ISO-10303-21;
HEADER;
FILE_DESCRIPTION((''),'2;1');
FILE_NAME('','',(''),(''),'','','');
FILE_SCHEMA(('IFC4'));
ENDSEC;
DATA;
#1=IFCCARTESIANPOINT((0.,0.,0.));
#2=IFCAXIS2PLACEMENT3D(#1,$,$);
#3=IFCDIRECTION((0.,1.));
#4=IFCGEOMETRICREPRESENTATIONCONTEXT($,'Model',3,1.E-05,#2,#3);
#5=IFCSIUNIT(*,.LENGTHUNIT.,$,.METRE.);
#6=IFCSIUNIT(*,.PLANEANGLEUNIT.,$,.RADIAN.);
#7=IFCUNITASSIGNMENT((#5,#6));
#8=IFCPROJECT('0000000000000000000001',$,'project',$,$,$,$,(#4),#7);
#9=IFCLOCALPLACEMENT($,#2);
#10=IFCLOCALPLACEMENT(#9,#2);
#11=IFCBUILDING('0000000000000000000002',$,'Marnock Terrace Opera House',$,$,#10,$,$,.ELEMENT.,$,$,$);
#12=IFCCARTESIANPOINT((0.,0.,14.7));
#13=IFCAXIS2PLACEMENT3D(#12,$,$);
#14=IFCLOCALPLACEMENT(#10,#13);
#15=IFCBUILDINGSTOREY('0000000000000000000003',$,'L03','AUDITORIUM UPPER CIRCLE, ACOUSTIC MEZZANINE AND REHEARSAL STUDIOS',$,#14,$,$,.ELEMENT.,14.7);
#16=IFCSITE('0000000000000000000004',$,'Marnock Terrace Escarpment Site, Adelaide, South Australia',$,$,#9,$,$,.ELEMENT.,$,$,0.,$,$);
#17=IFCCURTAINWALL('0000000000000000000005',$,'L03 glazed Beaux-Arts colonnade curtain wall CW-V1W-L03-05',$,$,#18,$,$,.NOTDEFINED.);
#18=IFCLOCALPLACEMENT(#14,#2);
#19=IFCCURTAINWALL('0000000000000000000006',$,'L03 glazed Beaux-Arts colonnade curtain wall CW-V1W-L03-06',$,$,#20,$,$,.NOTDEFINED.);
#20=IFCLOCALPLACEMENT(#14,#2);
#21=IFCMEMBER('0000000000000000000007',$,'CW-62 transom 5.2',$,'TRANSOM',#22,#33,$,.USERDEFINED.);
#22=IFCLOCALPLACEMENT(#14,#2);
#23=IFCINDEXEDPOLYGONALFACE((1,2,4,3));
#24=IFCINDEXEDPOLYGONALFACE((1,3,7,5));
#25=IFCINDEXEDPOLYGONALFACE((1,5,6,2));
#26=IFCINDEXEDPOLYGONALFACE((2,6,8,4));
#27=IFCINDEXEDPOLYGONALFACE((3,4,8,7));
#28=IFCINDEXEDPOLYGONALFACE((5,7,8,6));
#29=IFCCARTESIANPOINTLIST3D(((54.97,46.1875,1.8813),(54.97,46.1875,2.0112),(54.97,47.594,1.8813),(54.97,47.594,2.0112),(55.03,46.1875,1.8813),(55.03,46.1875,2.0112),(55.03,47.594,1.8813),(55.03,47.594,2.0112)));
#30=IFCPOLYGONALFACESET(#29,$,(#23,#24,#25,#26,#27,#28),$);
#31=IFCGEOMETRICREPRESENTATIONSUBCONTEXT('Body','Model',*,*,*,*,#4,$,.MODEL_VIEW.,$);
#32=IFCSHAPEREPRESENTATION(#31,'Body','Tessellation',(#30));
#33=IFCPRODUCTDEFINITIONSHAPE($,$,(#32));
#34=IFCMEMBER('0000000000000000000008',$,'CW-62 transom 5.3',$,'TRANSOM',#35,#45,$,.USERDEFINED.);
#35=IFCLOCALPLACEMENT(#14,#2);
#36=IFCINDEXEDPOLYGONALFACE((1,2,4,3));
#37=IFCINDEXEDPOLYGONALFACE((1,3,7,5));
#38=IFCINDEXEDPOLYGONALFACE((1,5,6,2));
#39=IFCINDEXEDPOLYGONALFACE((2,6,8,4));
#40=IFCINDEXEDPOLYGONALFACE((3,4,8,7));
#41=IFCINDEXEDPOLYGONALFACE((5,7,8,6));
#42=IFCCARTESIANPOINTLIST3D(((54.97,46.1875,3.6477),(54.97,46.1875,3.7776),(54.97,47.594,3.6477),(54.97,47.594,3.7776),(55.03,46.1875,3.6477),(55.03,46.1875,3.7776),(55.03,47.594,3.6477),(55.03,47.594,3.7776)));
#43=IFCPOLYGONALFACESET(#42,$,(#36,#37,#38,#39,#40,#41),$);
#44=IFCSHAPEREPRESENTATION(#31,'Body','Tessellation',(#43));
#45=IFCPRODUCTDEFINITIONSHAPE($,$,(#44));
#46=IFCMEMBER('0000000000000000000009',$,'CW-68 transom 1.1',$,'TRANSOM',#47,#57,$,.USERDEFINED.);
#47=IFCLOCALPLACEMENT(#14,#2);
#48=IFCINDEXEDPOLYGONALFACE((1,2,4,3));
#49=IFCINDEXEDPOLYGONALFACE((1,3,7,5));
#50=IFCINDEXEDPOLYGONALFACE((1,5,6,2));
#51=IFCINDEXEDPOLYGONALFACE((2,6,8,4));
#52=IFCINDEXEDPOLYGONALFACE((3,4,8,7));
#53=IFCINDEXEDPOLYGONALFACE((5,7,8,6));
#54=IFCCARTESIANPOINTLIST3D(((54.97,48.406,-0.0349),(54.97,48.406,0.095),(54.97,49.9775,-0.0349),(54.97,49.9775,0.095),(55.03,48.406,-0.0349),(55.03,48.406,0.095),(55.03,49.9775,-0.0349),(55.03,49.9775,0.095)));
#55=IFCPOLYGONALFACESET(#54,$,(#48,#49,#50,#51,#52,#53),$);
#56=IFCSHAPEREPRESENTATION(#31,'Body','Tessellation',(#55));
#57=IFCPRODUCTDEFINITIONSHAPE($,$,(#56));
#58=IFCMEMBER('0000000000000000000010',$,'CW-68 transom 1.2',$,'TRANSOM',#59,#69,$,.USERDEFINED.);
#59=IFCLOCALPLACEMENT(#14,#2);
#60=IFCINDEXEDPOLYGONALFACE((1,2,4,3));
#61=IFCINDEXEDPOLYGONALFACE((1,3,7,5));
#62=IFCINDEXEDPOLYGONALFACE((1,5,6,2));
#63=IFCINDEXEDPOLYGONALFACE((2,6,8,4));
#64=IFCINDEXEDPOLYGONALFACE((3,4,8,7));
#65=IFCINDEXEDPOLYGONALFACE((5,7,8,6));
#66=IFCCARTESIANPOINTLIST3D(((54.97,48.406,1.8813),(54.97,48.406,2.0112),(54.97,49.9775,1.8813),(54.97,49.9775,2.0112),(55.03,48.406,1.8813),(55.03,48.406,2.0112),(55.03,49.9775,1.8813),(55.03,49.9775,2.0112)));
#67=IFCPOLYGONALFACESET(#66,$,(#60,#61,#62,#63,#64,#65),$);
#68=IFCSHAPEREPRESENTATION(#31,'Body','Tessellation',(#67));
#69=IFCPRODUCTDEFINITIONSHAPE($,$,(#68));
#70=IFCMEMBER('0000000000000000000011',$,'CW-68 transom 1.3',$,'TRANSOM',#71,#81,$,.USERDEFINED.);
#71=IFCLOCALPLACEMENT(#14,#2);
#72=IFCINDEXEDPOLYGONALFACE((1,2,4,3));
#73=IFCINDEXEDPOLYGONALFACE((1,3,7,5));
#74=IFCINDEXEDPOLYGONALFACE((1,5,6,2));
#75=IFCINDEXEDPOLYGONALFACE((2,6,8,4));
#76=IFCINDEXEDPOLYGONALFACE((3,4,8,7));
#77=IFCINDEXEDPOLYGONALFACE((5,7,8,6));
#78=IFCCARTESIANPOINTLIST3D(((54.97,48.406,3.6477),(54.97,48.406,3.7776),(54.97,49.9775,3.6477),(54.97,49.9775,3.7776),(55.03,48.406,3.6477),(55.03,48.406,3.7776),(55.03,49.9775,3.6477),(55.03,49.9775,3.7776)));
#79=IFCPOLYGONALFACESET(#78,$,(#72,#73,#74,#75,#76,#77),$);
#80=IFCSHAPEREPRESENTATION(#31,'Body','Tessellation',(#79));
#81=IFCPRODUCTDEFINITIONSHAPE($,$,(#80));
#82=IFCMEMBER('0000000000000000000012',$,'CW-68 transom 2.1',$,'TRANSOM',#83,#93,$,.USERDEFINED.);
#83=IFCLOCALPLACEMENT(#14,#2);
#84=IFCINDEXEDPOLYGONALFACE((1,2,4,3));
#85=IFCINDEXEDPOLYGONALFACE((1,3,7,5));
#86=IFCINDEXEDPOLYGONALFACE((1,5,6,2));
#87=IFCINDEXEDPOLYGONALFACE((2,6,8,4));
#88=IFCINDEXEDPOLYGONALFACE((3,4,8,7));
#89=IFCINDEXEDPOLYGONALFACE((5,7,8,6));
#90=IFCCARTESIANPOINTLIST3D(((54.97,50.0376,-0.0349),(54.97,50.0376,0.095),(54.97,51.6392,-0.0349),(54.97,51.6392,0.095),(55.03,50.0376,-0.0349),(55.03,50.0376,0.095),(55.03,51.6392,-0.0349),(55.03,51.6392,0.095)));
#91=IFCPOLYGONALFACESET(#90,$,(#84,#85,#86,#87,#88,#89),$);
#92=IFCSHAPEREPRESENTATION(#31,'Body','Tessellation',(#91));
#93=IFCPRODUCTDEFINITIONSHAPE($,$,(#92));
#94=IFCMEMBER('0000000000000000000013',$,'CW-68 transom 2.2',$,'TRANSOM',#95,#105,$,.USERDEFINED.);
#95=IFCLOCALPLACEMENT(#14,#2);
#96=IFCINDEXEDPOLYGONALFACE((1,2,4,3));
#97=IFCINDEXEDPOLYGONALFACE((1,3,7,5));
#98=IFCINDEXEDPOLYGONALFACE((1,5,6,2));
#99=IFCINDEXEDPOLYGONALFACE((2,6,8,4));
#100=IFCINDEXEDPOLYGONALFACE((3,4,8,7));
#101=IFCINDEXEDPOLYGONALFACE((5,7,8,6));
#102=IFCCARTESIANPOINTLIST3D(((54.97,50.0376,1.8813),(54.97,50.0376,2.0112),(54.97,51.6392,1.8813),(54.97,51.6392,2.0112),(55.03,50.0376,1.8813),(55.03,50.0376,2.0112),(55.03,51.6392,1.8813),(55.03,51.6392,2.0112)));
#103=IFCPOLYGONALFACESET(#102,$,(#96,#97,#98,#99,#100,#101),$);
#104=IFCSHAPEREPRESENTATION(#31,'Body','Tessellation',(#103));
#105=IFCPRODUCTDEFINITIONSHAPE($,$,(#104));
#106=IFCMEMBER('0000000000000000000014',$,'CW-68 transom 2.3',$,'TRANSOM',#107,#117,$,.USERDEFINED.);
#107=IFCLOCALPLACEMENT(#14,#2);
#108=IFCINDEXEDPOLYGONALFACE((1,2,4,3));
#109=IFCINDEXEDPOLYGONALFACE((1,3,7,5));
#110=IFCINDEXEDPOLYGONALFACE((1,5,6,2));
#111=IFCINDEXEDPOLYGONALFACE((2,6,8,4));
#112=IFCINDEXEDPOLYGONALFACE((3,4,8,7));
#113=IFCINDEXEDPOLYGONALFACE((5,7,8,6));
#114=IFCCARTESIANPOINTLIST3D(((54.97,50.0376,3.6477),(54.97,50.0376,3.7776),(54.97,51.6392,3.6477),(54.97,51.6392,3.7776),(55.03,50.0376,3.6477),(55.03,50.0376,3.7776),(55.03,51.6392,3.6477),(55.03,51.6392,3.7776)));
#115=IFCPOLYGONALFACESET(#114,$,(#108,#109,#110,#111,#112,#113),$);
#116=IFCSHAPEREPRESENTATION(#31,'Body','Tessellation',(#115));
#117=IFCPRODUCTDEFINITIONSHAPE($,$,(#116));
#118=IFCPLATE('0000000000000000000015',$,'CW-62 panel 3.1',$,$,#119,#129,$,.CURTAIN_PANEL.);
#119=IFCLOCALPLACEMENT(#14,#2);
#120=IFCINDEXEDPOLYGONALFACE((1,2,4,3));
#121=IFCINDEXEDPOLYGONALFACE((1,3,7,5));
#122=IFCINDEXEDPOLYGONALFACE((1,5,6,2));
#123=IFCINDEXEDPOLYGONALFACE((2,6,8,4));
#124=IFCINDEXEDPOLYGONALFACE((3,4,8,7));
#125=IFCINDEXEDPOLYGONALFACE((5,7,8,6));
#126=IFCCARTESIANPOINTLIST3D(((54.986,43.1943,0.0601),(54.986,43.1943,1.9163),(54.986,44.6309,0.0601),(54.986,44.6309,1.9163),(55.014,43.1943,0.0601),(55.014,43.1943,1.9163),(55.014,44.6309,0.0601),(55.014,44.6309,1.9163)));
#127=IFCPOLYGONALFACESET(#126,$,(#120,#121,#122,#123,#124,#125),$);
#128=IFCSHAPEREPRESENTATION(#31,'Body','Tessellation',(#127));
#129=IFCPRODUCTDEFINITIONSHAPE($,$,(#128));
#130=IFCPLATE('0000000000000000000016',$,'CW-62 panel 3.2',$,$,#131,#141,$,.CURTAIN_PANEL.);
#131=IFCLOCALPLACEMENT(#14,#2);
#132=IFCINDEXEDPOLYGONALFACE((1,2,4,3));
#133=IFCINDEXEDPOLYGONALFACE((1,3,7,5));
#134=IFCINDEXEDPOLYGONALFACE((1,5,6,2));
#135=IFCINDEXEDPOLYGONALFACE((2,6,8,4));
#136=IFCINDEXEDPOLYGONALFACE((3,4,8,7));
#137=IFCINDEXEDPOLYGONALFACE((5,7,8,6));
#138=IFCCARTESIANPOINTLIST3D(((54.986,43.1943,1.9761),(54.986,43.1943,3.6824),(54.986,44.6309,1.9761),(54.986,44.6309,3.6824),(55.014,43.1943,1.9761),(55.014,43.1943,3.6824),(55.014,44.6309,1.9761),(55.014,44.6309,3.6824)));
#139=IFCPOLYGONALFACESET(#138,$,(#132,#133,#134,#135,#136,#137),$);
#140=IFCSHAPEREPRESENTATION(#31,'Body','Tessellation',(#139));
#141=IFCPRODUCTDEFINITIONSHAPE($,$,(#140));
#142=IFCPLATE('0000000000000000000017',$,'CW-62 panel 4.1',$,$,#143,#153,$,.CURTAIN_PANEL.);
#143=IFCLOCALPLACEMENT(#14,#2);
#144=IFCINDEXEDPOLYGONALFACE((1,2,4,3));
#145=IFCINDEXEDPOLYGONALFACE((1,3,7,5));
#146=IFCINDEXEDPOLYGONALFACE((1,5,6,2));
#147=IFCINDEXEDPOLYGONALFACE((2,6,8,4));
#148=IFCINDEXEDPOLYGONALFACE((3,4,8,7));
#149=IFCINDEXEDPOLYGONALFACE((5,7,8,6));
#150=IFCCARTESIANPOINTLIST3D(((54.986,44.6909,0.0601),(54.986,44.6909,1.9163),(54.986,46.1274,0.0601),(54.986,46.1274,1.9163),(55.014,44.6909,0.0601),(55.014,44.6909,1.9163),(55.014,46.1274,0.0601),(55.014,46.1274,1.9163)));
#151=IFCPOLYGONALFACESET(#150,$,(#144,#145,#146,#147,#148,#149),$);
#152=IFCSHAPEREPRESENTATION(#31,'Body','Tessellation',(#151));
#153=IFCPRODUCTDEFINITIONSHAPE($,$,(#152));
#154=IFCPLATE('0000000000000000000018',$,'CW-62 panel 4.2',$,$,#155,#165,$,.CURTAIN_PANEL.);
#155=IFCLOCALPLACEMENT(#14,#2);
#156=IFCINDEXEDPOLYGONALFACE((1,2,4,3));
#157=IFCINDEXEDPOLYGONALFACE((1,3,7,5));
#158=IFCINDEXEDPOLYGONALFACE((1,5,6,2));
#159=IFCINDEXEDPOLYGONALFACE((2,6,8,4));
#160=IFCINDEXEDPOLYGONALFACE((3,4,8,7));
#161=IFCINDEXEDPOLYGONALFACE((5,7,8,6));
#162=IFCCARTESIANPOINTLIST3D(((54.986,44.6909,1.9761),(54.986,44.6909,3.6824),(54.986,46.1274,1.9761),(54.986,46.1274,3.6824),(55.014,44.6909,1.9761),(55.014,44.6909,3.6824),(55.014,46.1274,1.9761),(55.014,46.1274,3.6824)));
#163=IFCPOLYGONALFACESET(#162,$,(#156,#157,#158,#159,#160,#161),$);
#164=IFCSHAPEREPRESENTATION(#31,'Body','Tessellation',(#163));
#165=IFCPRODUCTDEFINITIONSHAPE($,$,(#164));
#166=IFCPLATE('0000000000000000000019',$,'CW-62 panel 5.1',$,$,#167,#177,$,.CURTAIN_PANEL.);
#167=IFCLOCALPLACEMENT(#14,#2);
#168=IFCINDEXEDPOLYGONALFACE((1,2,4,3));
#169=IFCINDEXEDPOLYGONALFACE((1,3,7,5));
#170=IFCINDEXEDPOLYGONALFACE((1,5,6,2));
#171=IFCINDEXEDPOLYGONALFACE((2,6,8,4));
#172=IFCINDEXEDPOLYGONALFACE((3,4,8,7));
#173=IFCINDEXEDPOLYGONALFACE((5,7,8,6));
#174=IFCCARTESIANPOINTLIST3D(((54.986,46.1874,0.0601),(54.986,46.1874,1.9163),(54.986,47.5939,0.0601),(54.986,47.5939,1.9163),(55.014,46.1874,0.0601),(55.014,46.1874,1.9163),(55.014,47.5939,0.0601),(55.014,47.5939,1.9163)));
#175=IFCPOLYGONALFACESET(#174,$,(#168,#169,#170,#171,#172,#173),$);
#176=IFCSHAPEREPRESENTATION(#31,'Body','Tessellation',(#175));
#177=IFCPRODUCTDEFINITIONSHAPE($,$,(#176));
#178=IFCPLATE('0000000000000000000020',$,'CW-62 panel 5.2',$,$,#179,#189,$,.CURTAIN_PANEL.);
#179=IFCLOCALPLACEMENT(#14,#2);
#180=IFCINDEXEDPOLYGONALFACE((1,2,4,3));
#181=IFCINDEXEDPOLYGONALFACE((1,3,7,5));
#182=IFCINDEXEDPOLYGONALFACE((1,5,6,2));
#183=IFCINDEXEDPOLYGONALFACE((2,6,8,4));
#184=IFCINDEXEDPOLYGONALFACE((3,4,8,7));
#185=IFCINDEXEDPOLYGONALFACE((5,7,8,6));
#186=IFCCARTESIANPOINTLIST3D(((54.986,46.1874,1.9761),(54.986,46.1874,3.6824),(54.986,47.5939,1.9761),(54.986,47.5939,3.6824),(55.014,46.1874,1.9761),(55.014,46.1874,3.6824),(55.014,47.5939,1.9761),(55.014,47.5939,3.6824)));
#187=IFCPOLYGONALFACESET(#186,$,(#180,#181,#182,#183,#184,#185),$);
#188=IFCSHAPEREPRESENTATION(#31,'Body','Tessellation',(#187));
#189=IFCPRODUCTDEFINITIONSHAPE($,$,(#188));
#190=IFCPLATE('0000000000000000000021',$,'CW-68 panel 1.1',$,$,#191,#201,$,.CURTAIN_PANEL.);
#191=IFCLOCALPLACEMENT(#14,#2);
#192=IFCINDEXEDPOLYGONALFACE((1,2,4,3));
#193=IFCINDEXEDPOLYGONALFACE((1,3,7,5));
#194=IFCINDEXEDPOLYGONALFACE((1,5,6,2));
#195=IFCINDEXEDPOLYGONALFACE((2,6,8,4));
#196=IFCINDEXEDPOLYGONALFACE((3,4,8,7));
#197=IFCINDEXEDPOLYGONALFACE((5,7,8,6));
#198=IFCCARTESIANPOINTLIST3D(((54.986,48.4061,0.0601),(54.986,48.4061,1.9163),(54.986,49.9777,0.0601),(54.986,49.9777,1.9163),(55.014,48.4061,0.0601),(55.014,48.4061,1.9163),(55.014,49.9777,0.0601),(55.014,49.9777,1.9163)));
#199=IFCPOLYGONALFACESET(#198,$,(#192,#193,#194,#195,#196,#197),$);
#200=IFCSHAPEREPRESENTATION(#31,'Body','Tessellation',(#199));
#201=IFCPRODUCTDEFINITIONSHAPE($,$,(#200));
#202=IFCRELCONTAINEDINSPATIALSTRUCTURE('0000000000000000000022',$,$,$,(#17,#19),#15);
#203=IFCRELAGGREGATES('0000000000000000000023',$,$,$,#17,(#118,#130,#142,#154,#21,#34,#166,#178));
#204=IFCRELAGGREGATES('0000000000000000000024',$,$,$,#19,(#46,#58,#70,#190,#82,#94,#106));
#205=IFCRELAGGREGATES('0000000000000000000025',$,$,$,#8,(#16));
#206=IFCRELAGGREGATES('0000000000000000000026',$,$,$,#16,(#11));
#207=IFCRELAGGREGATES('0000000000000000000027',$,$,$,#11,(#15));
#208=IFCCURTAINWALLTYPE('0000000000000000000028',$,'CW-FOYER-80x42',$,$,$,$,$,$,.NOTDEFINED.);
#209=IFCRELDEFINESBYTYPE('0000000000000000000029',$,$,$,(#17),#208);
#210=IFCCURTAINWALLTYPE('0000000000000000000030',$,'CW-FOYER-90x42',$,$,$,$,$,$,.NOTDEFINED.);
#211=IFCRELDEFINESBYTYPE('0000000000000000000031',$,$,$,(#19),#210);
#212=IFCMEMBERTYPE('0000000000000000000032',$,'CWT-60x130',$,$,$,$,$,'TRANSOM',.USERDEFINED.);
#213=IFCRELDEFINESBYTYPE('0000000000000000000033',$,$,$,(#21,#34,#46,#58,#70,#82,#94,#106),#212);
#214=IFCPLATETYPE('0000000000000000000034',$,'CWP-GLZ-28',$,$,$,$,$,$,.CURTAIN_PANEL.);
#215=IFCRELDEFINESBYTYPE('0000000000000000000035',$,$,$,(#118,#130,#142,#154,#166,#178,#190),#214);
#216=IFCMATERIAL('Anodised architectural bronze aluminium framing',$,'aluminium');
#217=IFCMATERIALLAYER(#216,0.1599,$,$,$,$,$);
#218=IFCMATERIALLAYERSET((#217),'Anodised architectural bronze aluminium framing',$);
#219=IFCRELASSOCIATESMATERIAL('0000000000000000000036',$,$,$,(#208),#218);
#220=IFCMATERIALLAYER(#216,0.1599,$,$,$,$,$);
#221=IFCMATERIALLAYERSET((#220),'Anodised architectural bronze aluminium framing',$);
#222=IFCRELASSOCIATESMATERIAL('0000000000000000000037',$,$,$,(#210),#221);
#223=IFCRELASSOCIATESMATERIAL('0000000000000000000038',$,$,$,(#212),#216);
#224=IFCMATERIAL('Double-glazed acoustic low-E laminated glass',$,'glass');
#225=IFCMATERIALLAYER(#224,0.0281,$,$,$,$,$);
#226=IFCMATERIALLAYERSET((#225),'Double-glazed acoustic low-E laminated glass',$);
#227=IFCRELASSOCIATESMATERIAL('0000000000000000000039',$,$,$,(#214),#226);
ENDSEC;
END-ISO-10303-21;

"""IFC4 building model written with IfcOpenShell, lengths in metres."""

from ifc_helpers import new_model, si_unit, direction, frame, origin, origin_2d, place, context, subcontext, project, spatial, rectangle, extrude, material, layer, layer_set, material_profile, profile_set, type_object, element, aggregate, save


model = new_model("IFC4")

# Units and contexts
model_context = context("Model", 3, precision=1e-05, world=origin(), true_north=direction((0.0, 1.0)))
body_context = subcontext(model_context, "Body", "Model", "MODEL_VIEW")
ifc_project = project(units=[si_unit("LENGTHUNIT", "METRE"), si_unit("PLANEANGLEUNIT", "RADIAN")], contexts=[model_context])

# Site, building, storey
site_placement = place(None, origin())
site = spatial("IfcSite", under=ifc_project, at=site_placement, Name="Marnock Terrace Escarpment Site, Adelaide, South Australia", CompositionType="ELEMENT", RefElevation=0.0)
building_placement = place(site_placement, origin())
building = spatial("IfcBuilding", under=site, at=building_placement, Name="Marnock Terrace Opera House", CompositionType="ELEMENT")
storey_placement = place(building_placement, frame((0.0, 0.0, 14.7)))
storey = spatial("IfcBuildingStorey", under=building, at=storey_placement, Name="L03", Description="AUDITORIUM UPPER CIRCLE, ACOUSTIC MEZZANINE AND REHEARSAL STUDIOS", CompositionType="ELEMENT", Elevation=14.7)

# Curtain walls
ifc_material_1 = material(Name="Anodised architectural bronze aluminium framing", Category="aluminium")
ifc_layer_1 = layer(ifc_material_1, 0.1599)
ifc_layer_set_1 = layer_set([ifc_layer_1], Name="Anodised architectural bronze aluminium framing")
curtain_wall_type_1 = type_object("IfcCurtainWallType", Name="CW-FOYER-80x42", PredefinedType="NOTDEFINED", material=ifc_layer_set_1)
curtain_wall_1_placement = place(storey_placement, origin())
curtain_wall_1 = element("IfcCurtainWall", 1, at=curtain_wall_1_placement, inside=storey, type_object=curtain_wall_type_1, Name="L03 glazed Beaux-Arts colonnade curtain wall CW-V1W-L03-05", PredefinedType="NOTDEFINED")
ifc_layer_2 = layer(ifc_material_1, 0.1599)
ifc_layer_set_2 = layer_set([ifc_layer_2], Name="Anodised architectural bronze aluminium framing")
curtain_wall_type_2 = type_object("IfcCurtainWallType", Name="CW-FOYER-90x42", PredefinedType="NOTDEFINED", material=ifc_layer_set_2)
curtain_wall_2_placement = place(storey_placement, origin())
curtain_wall_2 = element("IfcCurtainWall", 2, at=curtain_wall_2_placement, inside=storey, type_object=curtain_wall_type_2, Name="L03 glazed Beaux-Arts colonnade curtain wall CW-V1W-L03-06", PredefinedType="NOTDEFINED")

# Members
ifc_material_profile_1 = material_profile(ifc_material_1, rectangle(XDim=0.0601, YDim=0.1299, at=origin_2d()))
ifc_profile_set_1 = profile_set([ifc_material_profile_1], Name="Anodised architectural bronze aluminium framing")
member_type_1 = type_object("IfcMemberType", Name="CWT-60x130", ElementType="TRANSOM", PredefinedType="USERDEFINED", material=ifc_profile_set_1)
member_1_placement = place(storey_placement, frame((55.0, 46.1875, 1.9463), z_axis=(0.0, 1.0, 0.0), x_axis=(-1.0, 0.0, 0.0)))
member_1 = element("IfcMember", 3, at=member_1_placement, type_object=member_type_1, Name="CW-62 transom 5.2", ObjectType="TRANSOM", PredefinedType="USERDEFINED", context=body_context, shape_type="SweptSolid", body=[
    extrude(rectangle(XDim=0.0601, YDim=0.1299, at=origin_2d()), origin(), (0.0, 0.0, 1.0), 1.4065),
])
member_2_placement = place(storey_placement, frame((55.0, 46.1875, 3.7126), z_axis=(0.0, 1.0, 0.0), x_axis=(-1.0, 0.0, 0.0)))
member_2 = element("IfcMember", 4, at=member_2_placement, type_object=member_type_1, Name="CW-62 transom 5.3", ObjectType="TRANSOM", PredefinedType="USERDEFINED", context=body_context, shape_type="SweptSolid", body=[
    extrude(rectangle(XDim=0.0601, YDim=0.1299, at=origin_2d()), origin(), (0.0, 0.0, 1.0), 1.4065),
])
member_3_placement = place(storey_placement, frame((55.0, 48.406, 0.03), z_axis=(0.0, 1.0, 0.0), x_axis=(-1.0, 0.0, 0.0)))
member_3 = element("IfcMember", 5, at=member_3_placement, type_object=member_type_1, Name="CW-68 transom 1.1", ObjectType="TRANSOM", PredefinedType="USERDEFINED", context=body_context, shape_type="SweptSolid", body=[
    extrude(rectangle(XDim=0.0601, YDim=0.1299, at=origin_2d()), origin(), (0.0, 0.0, 1.0), 1.5715),
])
member_4_placement = place(storey_placement, frame((55.0, 48.406, 1.9463), z_axis=(0.0, 1.0, 0.0), x_axis=(-1.0, 0.0, 0.0)))
member_4 = element("IfcMember", 6, at=member_4_placement, type_object=member_type_1, Name="CW-68 transom 1.2", ObjectType="TRANSOM", PredefinedType="USERDEFINED", context=body_context, shape_type="SweptSolid", body=[
    extrude(rectangle(XDim=0.0601, YDim=0.1299, at=origin_2d()), origin(), (0.0, 0.0, 1.0), 1.5715),
])
member_5_placement = place(storey_placement, frame((55.0, 48.406, 3.7126), z_axis=(0.0, 1.0, 0.0), x_axis=(-1.0, 0.0, 0.0)))
member_5 = element("IfcMember", 7, at=member_5_placement, type_object=member_type_1, Name="CW-68 transom 1.3", ObjectType="TRANSOM", PredefinedType="USERDEFINED", context=body_context, shape_type="SweptSolid", body=[
    extrude(rectangle(XDim=0.0601, YDim=0.1299, at=origin_2d()), origin(), (0.0, 0.0, 1.0), 1.5715),
])
member_6_placement = place(storey_placement, frame((55.0, 50.0376, 0.03), z_axis=(0.0, 1.0, 0.0), x_axis=(-1.0, 0.0, 0.0)))
member_6 = element("IfcMember", 8, at=member_6_placement, type_object=member_type_1, Name="CW-68 transom 2.1", ObjectType="TRANSOM", PredefinedType="USERDEFINED", context=body_context, shape_type="SweptSolid", body=[
    extrude(rectangle(XDim=0.0601, YDim=0.1299, at=origin_2d()), origin(), (0.0, 0.0, 1.0), 1.6016),
])
member_7_placement = place(storey_placement, frame((55.0, 50.0376, 1.9463), z_axis=(0.0, 1.0, 0.0), x_axis=(-1.0, 0.0, 0.0)))
member_7 = element("IfcMember", 9, at=member_7_placement, type_object=member_type_1, Name="CW-68 transom 2.2", ObjectType="TRANSOM", PredefinedType="USERDEFINED", context=body_context, shape_type="SweptSolid", body=[
    extrude(rectangle(XDim=0.0601, YDim=0.1299, at=origin_2d()), origin(), (0.0, 0.0, 1.0), 1.6016),
])
member_8_placement = place(storey_placement, frame((55.0, 50.0376, 3.7126), z_axis=(0.0, 1.0, 0.0), x_axis=(-1.0, 0.0, 0.0)))
member_8 = element("IfcMember", 10, at=member_8_placement, type_object=member_type_1, Name="CW-68 transom 2.3", ObjectType="TRANSOM", PredefinedType="USERDEFINED", context=body_context, shape_type="SweptSolid", body=[
    extrude(rectangle(XDim=0.0601, YDim=0.1299, at=origin_2d()), origin(), (0.0, 0.0, 1.0), 1.6016),
])

# Plates
ifc_material_2 = material(Name="Double-glazed acoustic low-E laminated glass", Category="glass")
ifc_layer_3 = layer(ifc_material_2, 0.0281)
ifc_layer_set_3 = layer_set([ifc_layer_3], Name="Double-glazed acoustic low-E laminated glass")
plate_type = type_object("IfcPlateType", Name="CWP-GLZ-28", PredefinedType="CURTAIN_PANEL", material=ifc_layer_set_3)
plate_1_placement = place(storey_placement, frame((55.0, 43.9126, 0.0601), z_axis=(0.0, 0.0, 1.0), x_axis=(0.0, 1.0, 0.0)))
plate_1 = element("IfcPlate", 11, at=plate_1_placement, type_object=plate_type, Name="CW-62 panel 3.1", PredefinedType="CURTAIN_PANEL", context=body_context, shape_type="SweptSolid", body=[
    extrude(rectangle(XDim=1.4365, YDim=0.0281, at=origin_2d()), origin(), (0.0, 0.0, 1.0), 1.8562),
])
plate_2_placement = place(storey_placement, frame((55.0, 43.9126, 1.9761), z_axis=(0.0, 0.0, 1.0), x_axis=(0.0, 1.0, 0.0)))
plate_2 = element("IfcPlate", 12, at=plate_2_placement, type_object=plate_type, Name="CW-62 panel 3.2", PredefinedType="CURTAIN_PANEL", context=body_context, shape_type="SweptSolid", body=[
    extrude(rectangle(XDim=1.4365, YDim=0.0281, at=origin_2d()), origin(), (0.0, 0.0, 1.0), 1.7063),
])
plate_3_placement = place(storey_placement, frame((55.0, 45.4092, 0.0601), z_axis=(0.0, 0.0, 1.0), x_axis=(0.0, 1.0, 0.0)))
plate_3 = element("IfcPlate", 13, at=plate_3_placement, type_object=plate_type, Name="CW-62 panel 4.1", PredefinedType="CURTAIN_PANEL", context=body_context, shape_type="SweptSolid", body=[
    extrude(rectangle(XDim=1.4365, YDim=0.0281, at=origin_2d()), origin(), (0.0, 0.0, 1.0), 1.8562),
])
plate_4_placement = place(storey_placement, frame((55.0, 45.4092, 1.9761), z_axis=(0.0, 0.0, 1.0), x_axis=(0.0, 1.0, 0.0)))
plate_4 = element("IfcPlate", 14, at=plate_4_placement, type_object=plate_type, Name="CW-62 panel 4.2", PredefinedType="CURTAIN_PANEL", context=body_context, shape_type="SweptSolid", body=[
    extrude(rectangle(XDim=1.4365, YDim=0.0281, at=origin_2d()), origin(), (0.0, 0.0, 1.0), 1.7063),
])
plate_5_placement = place(storey_placement, frame((55.0, 46.8906, 0.0601), z_axis=(0.0, 0.0, 1.0), x_axis=(0.0, 1.0, 0.0)))
plate_5 = element("IfcPlate", 15, at=plate_5_placement, type_object=plate_type, Name="CW-62 panel 5.1", PredefinedType="CURTAIN_PANEL", context=body_context, shape_type="SweptSolid", body=[
    extrude(rectangle(XDim=1.4065, YDim=0.0281, at=origin_2d()), origin(), (0.0, 0.0, 1.0), 1.8562),
])
plate_6_placement = place(storey_placement, frame((55.0, 46.8906, 1.9761), z_axis=(0.0, 0.0, 1.0), x_axis=(0.0, 1.0, 0.0)))
plate_6 = element("IfcPlate", 16, at=plate_6_placement, type_object=plate_type, Name="CW-62 panel 5.2", PredefinedType="CURTAIN_PANEL", context=body_context, shape_type="SweptSolid", body=[
    extrude(rectangle(XDim=1.4065, YDim=0.0281, at=origin_2d()), origin(), (0.0, 0.0, 1.0), 1.7063),
])
aggregate(curtain_wall_1, [plate_1, plate_2, plate_3, plate_4, member_1, member_2, plate_5, plate_6])
plate_7_placement = place(storey_placement, frame((55.0, 49.1919, 0.0601), z_axis=(0.0, 0.0, 1.0), x_axis=(0.0, 1.0, 0.0)))
plate_7 = element("IfcPlate", 17, at=plate_7_placement, type_object=plate_type, Name="CW-68 panel 1.1", PredefinedType="CURTAIN_PANEL", context=body_context, shape_type="SweptSolid", body=[
    extrude(rectangle(XDim=1.5715, YDim=0.0281, at=origin_2d()), origin(), (0.0, 0.0, 1.0), 1.8562),
])
aggregate(curtain_wall_2, [member_3, member_4, member_5, plate_7, member_6, member_7, member_8])

save(model, "model.ifc")
